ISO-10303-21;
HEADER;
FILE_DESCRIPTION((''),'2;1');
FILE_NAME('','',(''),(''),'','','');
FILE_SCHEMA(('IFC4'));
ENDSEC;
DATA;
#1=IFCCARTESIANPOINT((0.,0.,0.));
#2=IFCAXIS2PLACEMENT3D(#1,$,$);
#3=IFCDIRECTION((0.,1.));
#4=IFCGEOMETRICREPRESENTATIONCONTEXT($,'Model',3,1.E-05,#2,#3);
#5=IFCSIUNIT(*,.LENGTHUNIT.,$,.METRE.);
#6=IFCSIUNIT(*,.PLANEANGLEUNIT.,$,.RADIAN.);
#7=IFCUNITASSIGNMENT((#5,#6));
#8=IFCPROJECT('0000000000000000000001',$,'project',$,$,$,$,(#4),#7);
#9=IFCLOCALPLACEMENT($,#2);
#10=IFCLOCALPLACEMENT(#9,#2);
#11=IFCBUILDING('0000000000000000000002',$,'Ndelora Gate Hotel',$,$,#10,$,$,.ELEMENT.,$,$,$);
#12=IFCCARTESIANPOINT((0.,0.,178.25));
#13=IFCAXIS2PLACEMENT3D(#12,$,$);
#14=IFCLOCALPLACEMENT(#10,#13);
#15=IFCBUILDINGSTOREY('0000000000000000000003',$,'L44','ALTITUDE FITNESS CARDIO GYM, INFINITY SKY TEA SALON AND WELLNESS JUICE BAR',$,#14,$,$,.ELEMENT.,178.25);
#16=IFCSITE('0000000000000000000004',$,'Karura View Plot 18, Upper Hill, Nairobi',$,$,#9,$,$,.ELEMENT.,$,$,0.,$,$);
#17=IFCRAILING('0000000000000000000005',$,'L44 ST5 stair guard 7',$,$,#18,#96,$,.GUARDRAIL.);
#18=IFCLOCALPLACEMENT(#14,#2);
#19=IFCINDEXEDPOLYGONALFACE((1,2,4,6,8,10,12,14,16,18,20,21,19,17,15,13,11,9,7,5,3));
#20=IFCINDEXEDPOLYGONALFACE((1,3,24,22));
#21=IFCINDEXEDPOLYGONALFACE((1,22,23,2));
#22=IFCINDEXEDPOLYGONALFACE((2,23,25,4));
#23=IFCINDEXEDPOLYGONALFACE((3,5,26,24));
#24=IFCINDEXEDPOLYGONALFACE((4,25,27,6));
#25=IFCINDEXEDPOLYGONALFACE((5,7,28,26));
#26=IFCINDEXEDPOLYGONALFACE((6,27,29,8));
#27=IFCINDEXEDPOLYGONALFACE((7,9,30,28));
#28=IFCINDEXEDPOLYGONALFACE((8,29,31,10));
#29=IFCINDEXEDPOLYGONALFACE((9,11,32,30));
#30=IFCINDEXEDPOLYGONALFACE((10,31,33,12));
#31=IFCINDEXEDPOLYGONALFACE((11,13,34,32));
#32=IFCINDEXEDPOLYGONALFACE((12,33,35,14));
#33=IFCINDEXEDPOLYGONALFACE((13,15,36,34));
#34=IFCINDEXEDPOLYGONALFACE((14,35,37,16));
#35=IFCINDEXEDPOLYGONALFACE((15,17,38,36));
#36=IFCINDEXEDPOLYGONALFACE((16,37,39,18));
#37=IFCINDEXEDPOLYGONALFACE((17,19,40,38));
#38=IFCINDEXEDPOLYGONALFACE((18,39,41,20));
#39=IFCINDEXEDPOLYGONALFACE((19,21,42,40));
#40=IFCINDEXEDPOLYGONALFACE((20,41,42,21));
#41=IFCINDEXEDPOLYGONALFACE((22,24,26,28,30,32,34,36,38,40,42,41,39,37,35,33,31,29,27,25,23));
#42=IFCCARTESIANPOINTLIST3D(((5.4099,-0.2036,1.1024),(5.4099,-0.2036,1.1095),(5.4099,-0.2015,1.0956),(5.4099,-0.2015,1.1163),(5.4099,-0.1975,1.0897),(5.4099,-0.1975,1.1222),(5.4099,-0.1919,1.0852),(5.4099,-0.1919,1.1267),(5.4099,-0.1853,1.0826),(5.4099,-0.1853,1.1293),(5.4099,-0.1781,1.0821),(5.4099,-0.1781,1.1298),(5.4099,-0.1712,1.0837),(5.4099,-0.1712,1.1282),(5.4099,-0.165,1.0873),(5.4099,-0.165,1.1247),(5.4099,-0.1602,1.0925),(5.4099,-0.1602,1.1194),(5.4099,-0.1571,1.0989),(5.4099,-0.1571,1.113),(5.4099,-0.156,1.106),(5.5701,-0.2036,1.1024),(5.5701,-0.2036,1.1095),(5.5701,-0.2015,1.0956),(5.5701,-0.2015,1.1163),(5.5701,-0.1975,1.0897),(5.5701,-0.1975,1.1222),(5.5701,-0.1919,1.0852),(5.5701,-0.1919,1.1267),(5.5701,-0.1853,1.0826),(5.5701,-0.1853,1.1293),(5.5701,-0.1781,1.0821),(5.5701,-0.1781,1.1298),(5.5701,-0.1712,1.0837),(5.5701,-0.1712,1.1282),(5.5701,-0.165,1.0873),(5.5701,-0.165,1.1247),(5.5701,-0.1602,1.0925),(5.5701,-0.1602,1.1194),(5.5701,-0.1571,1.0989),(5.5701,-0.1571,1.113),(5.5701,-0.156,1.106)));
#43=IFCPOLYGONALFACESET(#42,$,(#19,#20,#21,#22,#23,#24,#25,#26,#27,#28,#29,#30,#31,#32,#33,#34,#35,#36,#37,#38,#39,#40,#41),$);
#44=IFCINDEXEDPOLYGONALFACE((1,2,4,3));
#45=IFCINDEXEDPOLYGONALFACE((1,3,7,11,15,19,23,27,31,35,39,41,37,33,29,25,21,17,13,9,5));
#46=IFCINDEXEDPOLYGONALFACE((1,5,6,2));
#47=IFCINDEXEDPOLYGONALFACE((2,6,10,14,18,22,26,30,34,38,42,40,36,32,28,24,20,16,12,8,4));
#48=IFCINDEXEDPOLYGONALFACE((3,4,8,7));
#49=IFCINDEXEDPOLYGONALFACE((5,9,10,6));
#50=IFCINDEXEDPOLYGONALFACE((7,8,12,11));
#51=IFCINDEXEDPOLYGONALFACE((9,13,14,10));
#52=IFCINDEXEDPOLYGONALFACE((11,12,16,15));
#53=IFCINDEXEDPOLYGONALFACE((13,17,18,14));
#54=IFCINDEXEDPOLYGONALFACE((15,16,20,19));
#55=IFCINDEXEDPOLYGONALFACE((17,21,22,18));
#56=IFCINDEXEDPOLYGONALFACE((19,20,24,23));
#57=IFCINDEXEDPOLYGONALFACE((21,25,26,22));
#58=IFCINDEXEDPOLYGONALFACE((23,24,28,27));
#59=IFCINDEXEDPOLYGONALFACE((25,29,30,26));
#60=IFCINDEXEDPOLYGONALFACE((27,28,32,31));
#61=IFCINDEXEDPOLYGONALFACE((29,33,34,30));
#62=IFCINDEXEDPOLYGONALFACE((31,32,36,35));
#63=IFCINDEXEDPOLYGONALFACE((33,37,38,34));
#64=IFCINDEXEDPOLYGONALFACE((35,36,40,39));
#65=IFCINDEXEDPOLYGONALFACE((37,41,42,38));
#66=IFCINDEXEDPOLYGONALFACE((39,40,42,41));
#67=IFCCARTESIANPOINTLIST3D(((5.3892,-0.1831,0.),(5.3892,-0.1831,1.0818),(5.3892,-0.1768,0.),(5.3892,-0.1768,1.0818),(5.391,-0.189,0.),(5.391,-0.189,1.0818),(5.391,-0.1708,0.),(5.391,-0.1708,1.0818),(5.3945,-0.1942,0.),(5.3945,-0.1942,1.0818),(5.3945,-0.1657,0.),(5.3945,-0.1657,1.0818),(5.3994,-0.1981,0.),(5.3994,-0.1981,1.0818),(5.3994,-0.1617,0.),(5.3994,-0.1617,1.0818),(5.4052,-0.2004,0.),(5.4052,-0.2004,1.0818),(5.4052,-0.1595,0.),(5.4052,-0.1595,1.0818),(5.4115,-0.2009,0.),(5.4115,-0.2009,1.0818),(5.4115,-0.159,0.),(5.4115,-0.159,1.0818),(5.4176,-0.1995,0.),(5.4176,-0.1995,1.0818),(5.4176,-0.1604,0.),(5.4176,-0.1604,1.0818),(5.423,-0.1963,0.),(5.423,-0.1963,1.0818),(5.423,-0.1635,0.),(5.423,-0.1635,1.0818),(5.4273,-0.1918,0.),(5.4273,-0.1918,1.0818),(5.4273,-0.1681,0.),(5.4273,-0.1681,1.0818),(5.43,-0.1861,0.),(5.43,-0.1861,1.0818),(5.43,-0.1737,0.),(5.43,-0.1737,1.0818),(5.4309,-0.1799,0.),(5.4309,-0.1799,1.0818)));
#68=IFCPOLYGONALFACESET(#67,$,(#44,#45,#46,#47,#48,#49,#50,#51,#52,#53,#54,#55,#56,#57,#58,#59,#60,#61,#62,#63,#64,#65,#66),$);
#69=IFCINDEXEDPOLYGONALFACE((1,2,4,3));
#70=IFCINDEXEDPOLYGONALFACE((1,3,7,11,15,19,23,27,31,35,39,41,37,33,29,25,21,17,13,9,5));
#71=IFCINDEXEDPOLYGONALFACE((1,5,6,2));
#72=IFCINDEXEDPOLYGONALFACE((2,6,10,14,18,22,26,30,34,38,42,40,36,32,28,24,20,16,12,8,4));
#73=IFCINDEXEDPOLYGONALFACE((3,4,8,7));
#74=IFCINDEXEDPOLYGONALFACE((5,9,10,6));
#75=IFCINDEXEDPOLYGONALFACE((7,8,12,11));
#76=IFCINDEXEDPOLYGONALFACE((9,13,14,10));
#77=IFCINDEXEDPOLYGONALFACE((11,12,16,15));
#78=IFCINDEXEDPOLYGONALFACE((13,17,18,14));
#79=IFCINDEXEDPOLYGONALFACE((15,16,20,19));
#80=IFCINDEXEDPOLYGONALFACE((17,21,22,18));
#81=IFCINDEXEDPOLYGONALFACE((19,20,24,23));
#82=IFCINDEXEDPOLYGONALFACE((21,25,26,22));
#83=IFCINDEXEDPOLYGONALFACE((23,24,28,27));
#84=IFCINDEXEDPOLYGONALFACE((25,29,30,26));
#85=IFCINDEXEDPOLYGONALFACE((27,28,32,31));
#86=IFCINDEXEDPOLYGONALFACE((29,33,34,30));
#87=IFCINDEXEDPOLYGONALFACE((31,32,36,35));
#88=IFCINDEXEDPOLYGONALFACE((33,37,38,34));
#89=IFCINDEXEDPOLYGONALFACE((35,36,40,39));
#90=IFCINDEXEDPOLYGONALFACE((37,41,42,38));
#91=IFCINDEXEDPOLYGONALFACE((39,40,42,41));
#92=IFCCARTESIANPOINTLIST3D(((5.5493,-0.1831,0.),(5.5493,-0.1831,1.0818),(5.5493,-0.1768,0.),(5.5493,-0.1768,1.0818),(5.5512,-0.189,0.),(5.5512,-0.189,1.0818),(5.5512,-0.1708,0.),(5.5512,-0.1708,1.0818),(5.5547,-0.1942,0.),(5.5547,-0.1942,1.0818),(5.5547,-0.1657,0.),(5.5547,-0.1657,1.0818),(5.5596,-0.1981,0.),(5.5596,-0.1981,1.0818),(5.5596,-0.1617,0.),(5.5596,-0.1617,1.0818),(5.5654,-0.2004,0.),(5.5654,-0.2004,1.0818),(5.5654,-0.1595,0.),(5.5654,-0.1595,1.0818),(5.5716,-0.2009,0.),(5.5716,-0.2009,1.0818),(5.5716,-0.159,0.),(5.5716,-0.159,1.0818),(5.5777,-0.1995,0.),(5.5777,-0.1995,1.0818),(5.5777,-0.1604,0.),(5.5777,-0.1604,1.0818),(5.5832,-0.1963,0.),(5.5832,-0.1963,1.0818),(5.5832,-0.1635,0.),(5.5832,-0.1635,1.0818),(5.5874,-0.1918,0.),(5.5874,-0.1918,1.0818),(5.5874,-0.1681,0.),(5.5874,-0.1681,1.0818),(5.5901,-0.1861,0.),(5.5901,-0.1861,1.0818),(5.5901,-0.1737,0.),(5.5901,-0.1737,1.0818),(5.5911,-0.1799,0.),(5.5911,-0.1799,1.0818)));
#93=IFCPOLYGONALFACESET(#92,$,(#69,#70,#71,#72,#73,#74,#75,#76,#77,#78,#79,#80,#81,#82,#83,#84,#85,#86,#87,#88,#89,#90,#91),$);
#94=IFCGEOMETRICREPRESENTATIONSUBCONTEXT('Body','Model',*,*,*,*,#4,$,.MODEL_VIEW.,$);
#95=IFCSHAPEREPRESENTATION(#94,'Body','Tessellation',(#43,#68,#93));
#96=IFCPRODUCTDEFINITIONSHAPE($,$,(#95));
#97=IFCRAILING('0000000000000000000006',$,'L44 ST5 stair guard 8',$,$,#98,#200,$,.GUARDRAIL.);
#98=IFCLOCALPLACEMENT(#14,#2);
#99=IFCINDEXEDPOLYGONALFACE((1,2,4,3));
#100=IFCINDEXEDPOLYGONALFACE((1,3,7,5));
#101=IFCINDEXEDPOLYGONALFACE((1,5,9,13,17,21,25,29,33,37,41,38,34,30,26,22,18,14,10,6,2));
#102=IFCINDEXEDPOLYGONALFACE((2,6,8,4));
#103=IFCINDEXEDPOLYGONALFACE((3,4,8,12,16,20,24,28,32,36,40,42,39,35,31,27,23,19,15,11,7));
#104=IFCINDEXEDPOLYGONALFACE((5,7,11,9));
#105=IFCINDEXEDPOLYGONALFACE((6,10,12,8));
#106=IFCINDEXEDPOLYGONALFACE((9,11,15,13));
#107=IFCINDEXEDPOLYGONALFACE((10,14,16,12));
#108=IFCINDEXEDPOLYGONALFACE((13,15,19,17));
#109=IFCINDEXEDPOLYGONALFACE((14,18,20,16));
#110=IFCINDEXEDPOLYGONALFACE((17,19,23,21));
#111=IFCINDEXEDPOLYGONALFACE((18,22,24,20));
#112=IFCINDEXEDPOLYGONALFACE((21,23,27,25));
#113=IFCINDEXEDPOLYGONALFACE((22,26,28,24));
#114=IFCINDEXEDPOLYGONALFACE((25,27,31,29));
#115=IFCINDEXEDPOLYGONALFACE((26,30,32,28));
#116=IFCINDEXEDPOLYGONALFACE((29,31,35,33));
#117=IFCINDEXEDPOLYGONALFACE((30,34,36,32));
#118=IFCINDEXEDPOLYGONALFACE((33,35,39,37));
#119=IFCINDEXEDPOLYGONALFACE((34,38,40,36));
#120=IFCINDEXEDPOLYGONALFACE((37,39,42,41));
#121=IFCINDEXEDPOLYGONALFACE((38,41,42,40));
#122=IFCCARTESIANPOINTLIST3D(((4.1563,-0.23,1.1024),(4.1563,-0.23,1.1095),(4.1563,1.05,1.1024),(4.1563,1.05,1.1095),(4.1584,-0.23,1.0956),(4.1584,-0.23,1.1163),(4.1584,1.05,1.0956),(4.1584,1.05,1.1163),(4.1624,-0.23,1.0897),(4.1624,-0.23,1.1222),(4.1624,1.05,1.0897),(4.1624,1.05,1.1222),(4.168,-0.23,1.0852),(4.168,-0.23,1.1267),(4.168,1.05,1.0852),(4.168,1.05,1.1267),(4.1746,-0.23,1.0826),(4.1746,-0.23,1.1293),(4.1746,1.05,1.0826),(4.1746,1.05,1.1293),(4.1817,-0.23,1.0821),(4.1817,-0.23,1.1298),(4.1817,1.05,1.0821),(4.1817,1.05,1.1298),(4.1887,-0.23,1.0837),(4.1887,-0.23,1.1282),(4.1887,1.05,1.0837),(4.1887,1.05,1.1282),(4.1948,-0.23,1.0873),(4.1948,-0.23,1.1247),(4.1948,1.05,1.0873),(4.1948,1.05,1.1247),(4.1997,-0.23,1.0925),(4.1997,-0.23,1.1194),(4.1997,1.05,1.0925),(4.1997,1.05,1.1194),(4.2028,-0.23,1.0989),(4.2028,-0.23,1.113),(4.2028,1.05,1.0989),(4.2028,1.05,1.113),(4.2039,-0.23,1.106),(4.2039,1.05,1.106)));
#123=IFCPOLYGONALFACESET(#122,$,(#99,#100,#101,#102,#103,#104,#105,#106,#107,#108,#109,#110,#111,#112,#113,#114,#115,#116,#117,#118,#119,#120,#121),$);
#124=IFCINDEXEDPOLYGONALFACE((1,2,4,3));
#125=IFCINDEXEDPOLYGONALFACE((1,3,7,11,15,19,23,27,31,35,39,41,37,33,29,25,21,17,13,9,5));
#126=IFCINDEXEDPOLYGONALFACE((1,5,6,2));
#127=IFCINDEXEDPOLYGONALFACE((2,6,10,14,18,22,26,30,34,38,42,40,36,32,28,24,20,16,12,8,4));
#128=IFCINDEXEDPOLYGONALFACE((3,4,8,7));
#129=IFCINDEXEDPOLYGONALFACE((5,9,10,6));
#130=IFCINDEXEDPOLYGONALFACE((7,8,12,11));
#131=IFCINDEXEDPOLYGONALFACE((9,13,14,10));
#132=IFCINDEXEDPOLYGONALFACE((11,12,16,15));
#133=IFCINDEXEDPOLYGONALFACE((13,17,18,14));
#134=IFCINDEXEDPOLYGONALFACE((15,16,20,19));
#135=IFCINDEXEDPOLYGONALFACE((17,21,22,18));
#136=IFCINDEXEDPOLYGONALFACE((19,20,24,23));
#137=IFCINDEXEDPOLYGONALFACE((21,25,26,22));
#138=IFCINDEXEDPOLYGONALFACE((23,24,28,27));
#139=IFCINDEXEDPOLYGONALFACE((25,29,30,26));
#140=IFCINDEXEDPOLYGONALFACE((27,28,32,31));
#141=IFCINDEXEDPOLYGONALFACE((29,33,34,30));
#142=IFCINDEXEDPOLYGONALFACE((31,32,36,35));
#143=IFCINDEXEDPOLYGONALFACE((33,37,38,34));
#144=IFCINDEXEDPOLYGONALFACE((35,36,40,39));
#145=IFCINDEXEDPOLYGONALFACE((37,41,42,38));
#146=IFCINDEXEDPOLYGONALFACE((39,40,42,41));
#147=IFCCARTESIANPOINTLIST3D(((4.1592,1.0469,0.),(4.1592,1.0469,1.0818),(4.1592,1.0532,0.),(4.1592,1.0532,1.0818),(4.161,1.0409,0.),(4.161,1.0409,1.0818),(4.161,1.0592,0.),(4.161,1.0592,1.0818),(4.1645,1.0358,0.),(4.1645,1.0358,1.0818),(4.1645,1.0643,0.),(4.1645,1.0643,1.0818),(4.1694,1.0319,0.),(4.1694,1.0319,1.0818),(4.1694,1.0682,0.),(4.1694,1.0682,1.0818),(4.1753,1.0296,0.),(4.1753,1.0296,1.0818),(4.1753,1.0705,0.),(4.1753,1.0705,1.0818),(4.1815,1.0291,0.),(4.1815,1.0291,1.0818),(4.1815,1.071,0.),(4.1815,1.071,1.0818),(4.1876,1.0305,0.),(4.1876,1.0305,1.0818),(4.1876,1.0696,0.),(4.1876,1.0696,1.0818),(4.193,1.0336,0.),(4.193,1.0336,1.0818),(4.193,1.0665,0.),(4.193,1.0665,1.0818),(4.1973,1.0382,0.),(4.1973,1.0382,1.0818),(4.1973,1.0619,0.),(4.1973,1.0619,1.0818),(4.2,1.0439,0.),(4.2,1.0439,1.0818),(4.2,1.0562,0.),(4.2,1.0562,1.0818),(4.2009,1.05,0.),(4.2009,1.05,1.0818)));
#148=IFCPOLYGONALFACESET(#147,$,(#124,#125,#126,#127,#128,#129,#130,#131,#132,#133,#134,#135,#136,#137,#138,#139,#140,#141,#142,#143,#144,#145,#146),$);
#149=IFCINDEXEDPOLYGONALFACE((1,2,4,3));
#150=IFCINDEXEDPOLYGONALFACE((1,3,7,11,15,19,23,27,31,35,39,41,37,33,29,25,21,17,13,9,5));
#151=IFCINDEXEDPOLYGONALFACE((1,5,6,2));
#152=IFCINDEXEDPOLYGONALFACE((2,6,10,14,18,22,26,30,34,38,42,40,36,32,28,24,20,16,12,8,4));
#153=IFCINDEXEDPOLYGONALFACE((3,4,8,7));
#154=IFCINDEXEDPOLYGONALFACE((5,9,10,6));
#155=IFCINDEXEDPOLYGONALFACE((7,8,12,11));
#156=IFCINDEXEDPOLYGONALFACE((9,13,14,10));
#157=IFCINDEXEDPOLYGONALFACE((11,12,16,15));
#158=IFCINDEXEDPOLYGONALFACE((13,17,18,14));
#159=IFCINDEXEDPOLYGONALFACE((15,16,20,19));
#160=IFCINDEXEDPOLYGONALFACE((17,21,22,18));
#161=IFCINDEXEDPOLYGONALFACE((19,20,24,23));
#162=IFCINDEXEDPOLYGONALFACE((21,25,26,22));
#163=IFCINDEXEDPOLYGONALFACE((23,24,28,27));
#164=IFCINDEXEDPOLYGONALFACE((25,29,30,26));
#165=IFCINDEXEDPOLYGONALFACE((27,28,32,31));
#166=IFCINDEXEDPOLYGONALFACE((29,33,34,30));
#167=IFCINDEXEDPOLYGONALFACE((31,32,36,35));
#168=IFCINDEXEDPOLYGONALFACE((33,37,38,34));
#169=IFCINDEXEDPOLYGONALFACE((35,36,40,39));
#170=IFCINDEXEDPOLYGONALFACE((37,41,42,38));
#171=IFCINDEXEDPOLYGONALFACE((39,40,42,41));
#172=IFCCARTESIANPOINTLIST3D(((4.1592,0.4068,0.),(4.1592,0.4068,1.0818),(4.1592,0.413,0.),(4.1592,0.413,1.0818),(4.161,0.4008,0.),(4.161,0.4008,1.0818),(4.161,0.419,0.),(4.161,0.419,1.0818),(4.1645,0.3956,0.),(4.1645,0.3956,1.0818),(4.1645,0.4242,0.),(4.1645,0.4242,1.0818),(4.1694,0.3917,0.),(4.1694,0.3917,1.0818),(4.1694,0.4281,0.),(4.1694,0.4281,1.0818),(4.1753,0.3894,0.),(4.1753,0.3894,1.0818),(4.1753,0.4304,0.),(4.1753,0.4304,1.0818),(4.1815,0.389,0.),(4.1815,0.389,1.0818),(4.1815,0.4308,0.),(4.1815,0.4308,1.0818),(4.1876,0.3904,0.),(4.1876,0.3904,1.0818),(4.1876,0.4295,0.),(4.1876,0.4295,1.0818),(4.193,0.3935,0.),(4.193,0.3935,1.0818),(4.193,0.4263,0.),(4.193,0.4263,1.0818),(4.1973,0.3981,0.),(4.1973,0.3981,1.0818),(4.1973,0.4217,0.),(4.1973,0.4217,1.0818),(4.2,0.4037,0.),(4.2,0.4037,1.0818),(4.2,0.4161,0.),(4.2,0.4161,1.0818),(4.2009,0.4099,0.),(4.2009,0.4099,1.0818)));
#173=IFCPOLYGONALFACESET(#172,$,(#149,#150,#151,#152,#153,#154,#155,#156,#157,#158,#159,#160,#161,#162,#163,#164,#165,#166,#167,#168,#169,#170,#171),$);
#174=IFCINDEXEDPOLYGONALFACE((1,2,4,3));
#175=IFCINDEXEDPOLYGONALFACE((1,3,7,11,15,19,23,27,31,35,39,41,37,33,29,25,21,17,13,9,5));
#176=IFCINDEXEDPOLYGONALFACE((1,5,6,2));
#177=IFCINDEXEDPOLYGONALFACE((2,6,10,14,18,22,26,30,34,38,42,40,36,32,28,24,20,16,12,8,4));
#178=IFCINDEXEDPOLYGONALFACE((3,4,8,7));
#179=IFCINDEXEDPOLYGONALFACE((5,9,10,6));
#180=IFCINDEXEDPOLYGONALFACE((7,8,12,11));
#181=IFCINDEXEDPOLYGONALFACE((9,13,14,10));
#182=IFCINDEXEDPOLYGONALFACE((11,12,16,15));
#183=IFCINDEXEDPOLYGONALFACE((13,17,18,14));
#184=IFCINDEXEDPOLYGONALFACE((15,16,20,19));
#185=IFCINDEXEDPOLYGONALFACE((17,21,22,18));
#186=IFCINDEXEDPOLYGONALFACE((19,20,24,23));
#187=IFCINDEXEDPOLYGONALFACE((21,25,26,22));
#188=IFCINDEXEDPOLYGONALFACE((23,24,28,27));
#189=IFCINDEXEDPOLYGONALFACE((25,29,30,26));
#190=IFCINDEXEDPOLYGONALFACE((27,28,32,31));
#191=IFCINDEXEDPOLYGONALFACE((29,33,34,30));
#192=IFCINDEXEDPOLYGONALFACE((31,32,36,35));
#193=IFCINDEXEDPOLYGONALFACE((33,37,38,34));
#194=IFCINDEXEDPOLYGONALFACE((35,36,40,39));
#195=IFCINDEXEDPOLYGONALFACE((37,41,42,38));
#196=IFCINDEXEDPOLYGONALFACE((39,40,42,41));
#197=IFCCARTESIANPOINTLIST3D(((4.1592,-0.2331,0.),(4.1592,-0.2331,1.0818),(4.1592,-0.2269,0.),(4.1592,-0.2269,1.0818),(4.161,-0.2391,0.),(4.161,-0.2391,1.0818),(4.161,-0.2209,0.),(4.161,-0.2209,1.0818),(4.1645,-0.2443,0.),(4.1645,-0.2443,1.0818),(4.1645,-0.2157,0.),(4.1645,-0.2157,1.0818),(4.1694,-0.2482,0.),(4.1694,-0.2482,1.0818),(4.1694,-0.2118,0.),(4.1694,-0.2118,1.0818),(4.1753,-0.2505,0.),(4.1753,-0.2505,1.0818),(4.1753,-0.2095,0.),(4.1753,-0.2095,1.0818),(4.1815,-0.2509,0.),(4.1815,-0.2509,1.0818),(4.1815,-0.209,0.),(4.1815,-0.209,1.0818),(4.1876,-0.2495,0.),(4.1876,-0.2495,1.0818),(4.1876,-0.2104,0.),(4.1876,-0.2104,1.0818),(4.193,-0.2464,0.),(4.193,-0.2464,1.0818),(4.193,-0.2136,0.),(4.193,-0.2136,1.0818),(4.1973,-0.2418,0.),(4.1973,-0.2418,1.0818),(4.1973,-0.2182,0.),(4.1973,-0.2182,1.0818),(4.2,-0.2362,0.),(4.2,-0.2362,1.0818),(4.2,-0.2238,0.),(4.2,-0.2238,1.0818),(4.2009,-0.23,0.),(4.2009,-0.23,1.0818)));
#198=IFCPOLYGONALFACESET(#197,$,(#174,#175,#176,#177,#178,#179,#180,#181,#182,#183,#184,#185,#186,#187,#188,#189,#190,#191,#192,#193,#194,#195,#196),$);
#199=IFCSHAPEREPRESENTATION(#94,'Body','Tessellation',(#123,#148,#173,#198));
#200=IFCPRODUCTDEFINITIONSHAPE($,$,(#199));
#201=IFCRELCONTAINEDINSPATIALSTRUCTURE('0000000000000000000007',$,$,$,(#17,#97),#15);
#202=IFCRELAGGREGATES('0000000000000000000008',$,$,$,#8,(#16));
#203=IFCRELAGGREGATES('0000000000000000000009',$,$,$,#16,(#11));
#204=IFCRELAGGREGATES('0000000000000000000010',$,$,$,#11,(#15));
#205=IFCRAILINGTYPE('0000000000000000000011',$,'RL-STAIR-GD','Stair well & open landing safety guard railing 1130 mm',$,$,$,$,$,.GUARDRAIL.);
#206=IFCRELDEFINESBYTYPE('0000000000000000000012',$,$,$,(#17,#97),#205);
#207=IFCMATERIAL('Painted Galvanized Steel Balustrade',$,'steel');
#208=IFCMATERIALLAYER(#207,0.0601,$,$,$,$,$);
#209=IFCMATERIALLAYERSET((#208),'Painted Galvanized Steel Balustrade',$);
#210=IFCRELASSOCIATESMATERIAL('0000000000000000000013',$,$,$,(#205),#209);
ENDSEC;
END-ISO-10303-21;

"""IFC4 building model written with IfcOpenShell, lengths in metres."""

from ifc_helpers import new_model, si_unit, direction, frame, origin, origin_2d, place, context, subcontext, project, spatial, circle, extrude, material, layer, layer_set, type_object, element, save


model = new_model("IFC4")

# Units and contexts
model_context = context("Model", 3, precision=1e-05, world=origin(), true_north=direction((0.0, 1.0)))
body_context = subcontext(model_context, "Body", "Model", "MODEL_VIEW")
ifc_project = project(units=[si_unit("LENGTHUNIT", "METRE"), si_unit("PLANEANGLEUNIT", "RADIAN")], contexts=[model_context])

# Site, building, storey
site_placement = place(None, origin())
site = spatial("IfcSite", under=ifc_project, at=site_placement, Name="Karura View Plot 18, Upper Hill, Nairobi", CompositionType="ELEMENT", RefElevation=0.0)
building_placement = place(site_placement, origin())
building = spatial("IfcBuilding", under=site, at=building_placement, Name="Ndelora Gate Hotel", CompositionType="ELEMENT")
storey_placement = place(building_placement, frame((0.0, 0.0, 178.25)))
storey = spatial("IfcBuildingStorey", under=building, at=storey_placement, Name="L44", Description="ALTITUDE FITNESS CARDIO GYM, INFINITY SKY TEA SALON AND WELLNESS JUICE BAR", CompositionType="ELEMENT", Elevation=178.25)

# Railings
ifc_material_1 = material(Name="Painted Galvanized Steel Balustrade", Category="steel")
ifc_layer_1 = layer(ifc_material_1, 0.0601)
ifc_layer_set_1 = layer_set([ifc_layer_1], Name="Painted Galvanized Steel Balustrade")
railing_type_1 = type_object("IfcRailingType", Name="RL-STAIR-GD", Description="Stair well & open landing safety guard railing 1130 mm", PredefinedType="GUARDRAIL", material=ifc_layer_set_1)
railing_1_placement = place(storey_placement, frame((5.4099, -0.1799, 0.0)))
element("IfcRailing", 1, at=railing_1_placement, inside=storey, type_object=railing_type_1, Name="L44 ST5 stair guard 7", PredefinedType="GUARDRAIL", context=body_context, shape_type="SweptSolid", body=[
    extrude(circle(Radius=0.0239, at=origin_2d()), frame((0.0, 0.0, 1.106), z_axis=(1.0, 0.0, 0.0), x_axis=(0.0, 1.0, 0.0)), (0.0, 0.0, 1.0), 0.1602),
    extrude(circle(Radius=0.021, at=origin_2d()), origin(), (0.0, 0.0, 1.0), 1.0818),
    extrude(circle(Radius=0.021, at=origin_2d()), frame((0.1602, 0.0, 0.0)), (0.0, 0.0, 1.0), 1.0818),
])
for number, where, name in (
    (2, (4.1799, 1.05, 0.0), "L44 ST5 stair guard 8"),
):
    element("IfcRailing", number, at=place(storey_placement, frame(where)), inside=storey, type_object=railing_type_1, Name=name, PredefinedType="GUARDRAIL", context=body_context, shape_type="SweptSolid", body=[
        extrude(circle(Radius=0.0239, at=origin_2d()), frame((0.0, 0.0, 1.106), z_axis=(0.0, -1.0, 0.0), x_axis=(1.0, 0.0, 0.0)), (0.0, 0.0, 1.0), 1.28),
        extrude(circle(Radius=0.021, at=origin_2d()), origin(), (0.0, 0.0, 1.0), 1.0818),
        extrude(circle(Radius=0.021, at=origin_2d()), frame((0.0, -0.6401, 0.0)), (0.0, 0.0, 1.0), 1.0818),
        extrude(circle(Radius=0.021, at=origin_2d()), frame((0.0, -1.28, 0.0)), (0.0, 0.0, 1.0), 1.0818),
    ])

save(model, "model.ifc")
